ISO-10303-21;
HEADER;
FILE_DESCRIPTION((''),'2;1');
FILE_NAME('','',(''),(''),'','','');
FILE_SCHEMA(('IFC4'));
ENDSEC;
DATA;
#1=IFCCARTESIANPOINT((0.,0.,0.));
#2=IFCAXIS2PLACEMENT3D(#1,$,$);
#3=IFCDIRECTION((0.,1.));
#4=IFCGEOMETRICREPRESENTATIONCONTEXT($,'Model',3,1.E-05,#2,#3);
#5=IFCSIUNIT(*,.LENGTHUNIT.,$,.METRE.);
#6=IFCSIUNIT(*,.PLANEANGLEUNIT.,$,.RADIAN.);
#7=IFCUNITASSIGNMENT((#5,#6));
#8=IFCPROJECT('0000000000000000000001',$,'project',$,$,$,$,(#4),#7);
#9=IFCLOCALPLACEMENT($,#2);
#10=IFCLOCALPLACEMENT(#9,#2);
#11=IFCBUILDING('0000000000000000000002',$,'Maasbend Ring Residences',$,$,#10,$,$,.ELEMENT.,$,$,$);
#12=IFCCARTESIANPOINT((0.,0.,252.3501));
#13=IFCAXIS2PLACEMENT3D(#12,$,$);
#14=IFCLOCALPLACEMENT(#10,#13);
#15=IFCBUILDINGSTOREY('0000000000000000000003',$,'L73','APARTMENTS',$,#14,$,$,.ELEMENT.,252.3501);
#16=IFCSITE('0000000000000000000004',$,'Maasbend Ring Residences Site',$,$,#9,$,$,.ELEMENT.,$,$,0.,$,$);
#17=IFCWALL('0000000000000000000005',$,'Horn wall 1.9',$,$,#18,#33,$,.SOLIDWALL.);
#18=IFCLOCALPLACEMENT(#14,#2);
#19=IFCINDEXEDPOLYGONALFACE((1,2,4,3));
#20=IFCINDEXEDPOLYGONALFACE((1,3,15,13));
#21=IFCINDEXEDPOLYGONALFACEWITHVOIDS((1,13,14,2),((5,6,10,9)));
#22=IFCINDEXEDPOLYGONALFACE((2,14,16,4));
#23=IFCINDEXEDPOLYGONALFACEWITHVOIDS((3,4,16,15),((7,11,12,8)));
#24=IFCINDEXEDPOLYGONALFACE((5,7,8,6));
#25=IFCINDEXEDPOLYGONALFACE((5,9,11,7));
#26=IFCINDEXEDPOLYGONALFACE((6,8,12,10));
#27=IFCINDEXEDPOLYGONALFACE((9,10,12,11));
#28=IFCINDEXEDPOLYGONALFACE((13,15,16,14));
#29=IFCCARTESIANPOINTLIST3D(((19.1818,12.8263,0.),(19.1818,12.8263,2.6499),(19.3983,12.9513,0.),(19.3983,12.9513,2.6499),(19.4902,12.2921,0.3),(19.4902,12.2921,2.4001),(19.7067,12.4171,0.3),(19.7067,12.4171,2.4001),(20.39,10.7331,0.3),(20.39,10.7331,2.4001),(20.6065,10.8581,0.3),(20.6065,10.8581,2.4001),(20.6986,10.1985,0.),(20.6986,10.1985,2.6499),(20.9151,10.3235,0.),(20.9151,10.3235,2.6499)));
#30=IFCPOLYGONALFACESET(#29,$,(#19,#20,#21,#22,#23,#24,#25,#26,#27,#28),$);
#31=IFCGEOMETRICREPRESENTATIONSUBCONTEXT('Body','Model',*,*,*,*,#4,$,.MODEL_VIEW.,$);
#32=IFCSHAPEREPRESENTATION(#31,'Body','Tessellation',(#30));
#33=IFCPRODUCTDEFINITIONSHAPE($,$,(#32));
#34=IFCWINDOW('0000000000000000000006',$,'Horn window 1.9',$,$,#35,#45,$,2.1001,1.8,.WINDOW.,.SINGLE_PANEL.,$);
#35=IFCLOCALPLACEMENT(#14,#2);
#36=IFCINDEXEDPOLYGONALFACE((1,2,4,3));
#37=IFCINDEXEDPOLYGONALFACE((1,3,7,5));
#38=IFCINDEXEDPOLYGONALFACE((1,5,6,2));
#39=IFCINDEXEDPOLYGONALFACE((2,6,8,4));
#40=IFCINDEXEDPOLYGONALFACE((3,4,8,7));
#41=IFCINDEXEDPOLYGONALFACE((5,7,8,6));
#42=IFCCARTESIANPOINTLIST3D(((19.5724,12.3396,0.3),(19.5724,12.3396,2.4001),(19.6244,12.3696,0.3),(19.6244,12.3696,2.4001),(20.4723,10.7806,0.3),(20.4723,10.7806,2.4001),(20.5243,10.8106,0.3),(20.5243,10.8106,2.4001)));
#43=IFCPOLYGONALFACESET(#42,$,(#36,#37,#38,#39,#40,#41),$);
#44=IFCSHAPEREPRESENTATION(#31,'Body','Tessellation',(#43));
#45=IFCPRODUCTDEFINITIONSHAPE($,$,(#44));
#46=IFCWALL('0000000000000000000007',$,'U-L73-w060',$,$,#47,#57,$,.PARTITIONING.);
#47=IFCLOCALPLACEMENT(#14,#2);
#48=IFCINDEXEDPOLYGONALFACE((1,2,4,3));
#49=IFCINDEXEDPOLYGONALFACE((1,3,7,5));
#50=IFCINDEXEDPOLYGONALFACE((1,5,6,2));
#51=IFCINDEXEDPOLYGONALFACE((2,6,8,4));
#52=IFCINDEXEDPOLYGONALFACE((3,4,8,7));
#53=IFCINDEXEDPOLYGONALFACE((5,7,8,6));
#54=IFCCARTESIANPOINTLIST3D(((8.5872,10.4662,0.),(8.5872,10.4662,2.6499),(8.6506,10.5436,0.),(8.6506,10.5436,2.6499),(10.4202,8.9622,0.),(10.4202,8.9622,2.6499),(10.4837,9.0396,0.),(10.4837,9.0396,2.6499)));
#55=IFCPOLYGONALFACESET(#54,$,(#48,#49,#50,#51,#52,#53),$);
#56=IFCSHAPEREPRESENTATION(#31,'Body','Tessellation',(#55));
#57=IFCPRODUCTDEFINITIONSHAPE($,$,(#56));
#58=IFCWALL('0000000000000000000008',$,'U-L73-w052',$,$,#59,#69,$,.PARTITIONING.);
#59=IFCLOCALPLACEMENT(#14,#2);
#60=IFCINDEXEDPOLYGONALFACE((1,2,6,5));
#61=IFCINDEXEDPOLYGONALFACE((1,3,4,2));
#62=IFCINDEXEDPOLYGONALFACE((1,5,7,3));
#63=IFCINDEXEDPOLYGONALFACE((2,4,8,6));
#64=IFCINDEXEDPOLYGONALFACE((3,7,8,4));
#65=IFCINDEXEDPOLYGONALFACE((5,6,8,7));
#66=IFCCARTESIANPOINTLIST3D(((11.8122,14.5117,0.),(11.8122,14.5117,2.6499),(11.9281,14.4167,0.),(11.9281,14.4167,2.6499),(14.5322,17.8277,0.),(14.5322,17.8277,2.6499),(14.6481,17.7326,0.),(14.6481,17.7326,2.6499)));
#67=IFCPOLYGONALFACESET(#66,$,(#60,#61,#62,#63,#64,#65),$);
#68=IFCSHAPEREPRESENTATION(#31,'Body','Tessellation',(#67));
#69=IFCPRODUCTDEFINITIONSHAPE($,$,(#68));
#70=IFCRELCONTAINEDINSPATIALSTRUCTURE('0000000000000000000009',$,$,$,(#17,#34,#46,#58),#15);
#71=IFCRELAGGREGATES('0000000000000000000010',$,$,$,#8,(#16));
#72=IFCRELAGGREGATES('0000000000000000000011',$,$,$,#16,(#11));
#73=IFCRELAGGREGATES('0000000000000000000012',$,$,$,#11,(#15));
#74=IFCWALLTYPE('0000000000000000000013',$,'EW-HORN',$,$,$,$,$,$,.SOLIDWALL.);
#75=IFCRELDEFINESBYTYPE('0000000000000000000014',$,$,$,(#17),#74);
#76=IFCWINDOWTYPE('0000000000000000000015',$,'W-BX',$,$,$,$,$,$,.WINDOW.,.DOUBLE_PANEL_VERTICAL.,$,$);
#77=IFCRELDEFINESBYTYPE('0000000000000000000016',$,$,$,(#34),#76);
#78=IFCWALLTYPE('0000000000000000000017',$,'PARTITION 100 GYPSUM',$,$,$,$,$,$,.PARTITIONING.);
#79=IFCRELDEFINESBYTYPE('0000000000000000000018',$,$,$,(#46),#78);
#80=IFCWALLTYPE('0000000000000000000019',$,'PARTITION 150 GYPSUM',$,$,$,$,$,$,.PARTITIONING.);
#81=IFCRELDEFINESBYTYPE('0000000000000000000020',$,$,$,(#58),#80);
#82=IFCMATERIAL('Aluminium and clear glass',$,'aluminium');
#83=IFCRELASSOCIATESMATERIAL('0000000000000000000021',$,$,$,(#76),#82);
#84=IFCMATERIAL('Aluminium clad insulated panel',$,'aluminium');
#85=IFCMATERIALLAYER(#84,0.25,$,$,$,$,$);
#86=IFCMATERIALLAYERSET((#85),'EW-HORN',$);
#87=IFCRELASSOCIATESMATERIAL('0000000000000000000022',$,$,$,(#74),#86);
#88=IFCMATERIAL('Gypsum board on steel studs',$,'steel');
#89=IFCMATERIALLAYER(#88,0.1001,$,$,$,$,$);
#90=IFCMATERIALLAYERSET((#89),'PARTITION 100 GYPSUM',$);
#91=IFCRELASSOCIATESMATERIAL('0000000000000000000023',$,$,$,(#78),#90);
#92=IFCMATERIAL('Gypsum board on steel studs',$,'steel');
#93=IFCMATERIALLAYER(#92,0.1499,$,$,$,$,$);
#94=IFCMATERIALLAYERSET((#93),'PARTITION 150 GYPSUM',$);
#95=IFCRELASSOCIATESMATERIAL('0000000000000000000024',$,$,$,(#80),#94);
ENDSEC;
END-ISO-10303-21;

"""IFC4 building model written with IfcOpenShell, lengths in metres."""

from ifc_helpers import new_model, si_unit, direction, frame, frame_2d, origin, place, context, subcontext, project, spatial, rectangle, extrude, material, layer, layer_set, type_object, element, fill, save


model = new_model("IFC4")

# Units and contexts
model_context = context("Model", 3, precision=1e-05, world=origin(), true_north=direction((0.0, 1.0)))
body_context = subcontext(model_context, "Body", "Model", "MODEL_VIEW")
ifc_project = project(units=[si_unit("LENGTHUNIT", "METRE"), si_unit("PLANEANGLEUNIT", "RADIAN")], contexts=[model_context])

# Site, building, storey
site_placement = place(None, origin())
site = spatial("IfcSite", under=ifc_project, at=site_placement, Name="Maasbend Ring Residences Site", CompositionType="ELEMENT", RefElevation=0.0)
building_placement = place(site_placement, origin())
building = spatial("IfcBuilding", under=site, at=building_placement, Name="Maasbend Ring Residences", CompositionType="ELEMENT")
storey_placement = place(building_placement, frame((0.0, 0.0, 252.3501)))
storey = spatial("IfcBuildingStorey", under=building, at=storey_placement, Name="L73", Description="APARTMENTS", CompositionType="ELEMENT", Elevation=252.3501)

# Shared definitions
ifc_material_1 = material(Name="Aluminium and clear glass", Category="aluminium")
window_type_1 = type_object("IfcWindowType", Name="W-BX", PartitioningType="DOUBLE_PANEL_VERTICAL", PredefinedType="WINDOW", material=ifc_material_1)

# Wall, opening, window
ifc_material_2 = material(Name="Aluminium clad insulated panel", Category="aluminium")
ifc_layer_1 = layer(ifc_material_2, 0.25)
ifc_layer_set_1 = layer_set([ifc_layer_1], Name="EW-HORN")
wall_type_1 = type_object("IfcWallType", Name="EW-HORN", PredefinedType="SOLIDWALL", material=ifc_layer_set_1)
wall_1_placement = place(storey_placement, frame((20.8069, 10.261, 0.0), z_axis=(0.0, 0.0, 1.0), x_axis=(-0.499904, 0.866081, 0.0)))
wall_1 = element("IfcWall", 1, at=wall_1_placement, inside=storey, type_object=wall_type_1, Name="Horn wall 1.9", PredefinedType="SOLIDWALL", context=body_context, shape_type="SweptSolid", body=[
    extrude(rectangle(XDim=3.0342, YDim=0.25, at=frame_2d((1.5171, 0.0))), origin(), (0.0, 0.0, 1.0), 2.6499),
])
opening_1_placement = place(wall_1_placement, frame((0.6174, 0.0, 0.3)))
opening_1 = element("IfcOpeningElement", 2, at=opening_1_placement, cuts=wall_1, PredefinedType="OPENING", context=body_context, shape_type="SweptSolid", body=[
    extrude(rectangle(XDim=1.8, YDim=2.1001, at=frame_2d((0.8999, 1.05))), frame((0.0, 0.135, 0.0), z_axis=(0.0, -1.0, 0.0), x_axis=(1.0, 0.0, 0.0)), (0.0, 0.0, 1.0), 0.27),
])
window_1_placement = place(opening_1_placement, origin())
window_1 = element("IfcWindow", 3, at=window_1_placement, inside=storey, type_object=window_type_1, Name="Horn window 1.9", OverallHeight=2.1001, OverallWidth=1.8, PartitioningType="SINGLE_PANEL", PredefinedType="WINDOW", context=body_context, shape_type="SweptSolid", body=[
    extrude(rectangle(XDim=1.8, YDim=2.1001, at=frame_2d((0.8999, 1.05))), frame((0.0, 0.03, 0.0), z_axis=(0.0, -1.0, 0.0), x_axis=(1.0, 0.0, 0.0)), (0.0, 0.0, 1.0), 0.0601),
])
fill(opening_1, window_1)

# Walls
ifc_material_3 = material(Name="Gypsum board on steel studs", Category="steel")
ifc_layer_2 = layer(ifc_material_3, 0.1001)
ifc_layer_set_2 = layer_set([ifc_layer_2], Name="PARTITION 100 GYPSUM")
wall_type_2 = type_object("IfcWallType", Name="PARTITION 100 GYPSUM", PredefinedType="PARTITIONING", material=ifc_layer_set_2)
wall_2_placement = place(storey_placement, frame((8.6189, 10.5049, 0.0), z_axis=(0.0, 0.0, 1.0), x_axis=(0.773094, -0.634291, 0.0)))
element("IfcWall", 4, at=wall_2_placement, inside=storey, type_object=wall_type_2, Name="U-L73-w060", PredefinedType="PARTITIONING", context=body_context, shape_type="SweptSolid", body=[
    extrude(rectangle(XDim=2.3711, YDim=0.1001, at=frame_2d((1.1855, 0.0))), origin(), (0.0, 0.0, 1.0), 2.6499),
])
ifc_material_4 = material(Name="Gypsum board on steel studs", Category="steel")
ifc_layer_3 = layer(ifc_material_4, 0.1499)
ifc_layer_set_3 = layer_set([ifc_layer_3], Name="PARTITION 150 GYPSUM")
wall_type_3 = type_object("IfcWallType", Name="PARTITION 150 GYPSUM", PredefinedType="PARTITIONING", material=ifc_layer_set_3)
wall_3_placement = place(storey_placement, frame((11.8701, 14.4641, 0.0), z_axis=(0.0, 0.0, 1.0), x_axis=(0.634208, 0.773163, 0.0)))
element("IfcWall", 5, at=wall_3_placement, inside=storey, type_object=wall_type_3, Name="U-L73-w052", PredefinedType="PARTITIONING", context=body_context, shape_type="SweptSolid", body=[
    extrude(rectangle(XDim=4.2888, YDim=0.1499, at=frame_2d((2.1445, 0.0))), origin(), (0.0, 0.0, 1.0), 2.6499),
])

save(model, "model.ifc")
